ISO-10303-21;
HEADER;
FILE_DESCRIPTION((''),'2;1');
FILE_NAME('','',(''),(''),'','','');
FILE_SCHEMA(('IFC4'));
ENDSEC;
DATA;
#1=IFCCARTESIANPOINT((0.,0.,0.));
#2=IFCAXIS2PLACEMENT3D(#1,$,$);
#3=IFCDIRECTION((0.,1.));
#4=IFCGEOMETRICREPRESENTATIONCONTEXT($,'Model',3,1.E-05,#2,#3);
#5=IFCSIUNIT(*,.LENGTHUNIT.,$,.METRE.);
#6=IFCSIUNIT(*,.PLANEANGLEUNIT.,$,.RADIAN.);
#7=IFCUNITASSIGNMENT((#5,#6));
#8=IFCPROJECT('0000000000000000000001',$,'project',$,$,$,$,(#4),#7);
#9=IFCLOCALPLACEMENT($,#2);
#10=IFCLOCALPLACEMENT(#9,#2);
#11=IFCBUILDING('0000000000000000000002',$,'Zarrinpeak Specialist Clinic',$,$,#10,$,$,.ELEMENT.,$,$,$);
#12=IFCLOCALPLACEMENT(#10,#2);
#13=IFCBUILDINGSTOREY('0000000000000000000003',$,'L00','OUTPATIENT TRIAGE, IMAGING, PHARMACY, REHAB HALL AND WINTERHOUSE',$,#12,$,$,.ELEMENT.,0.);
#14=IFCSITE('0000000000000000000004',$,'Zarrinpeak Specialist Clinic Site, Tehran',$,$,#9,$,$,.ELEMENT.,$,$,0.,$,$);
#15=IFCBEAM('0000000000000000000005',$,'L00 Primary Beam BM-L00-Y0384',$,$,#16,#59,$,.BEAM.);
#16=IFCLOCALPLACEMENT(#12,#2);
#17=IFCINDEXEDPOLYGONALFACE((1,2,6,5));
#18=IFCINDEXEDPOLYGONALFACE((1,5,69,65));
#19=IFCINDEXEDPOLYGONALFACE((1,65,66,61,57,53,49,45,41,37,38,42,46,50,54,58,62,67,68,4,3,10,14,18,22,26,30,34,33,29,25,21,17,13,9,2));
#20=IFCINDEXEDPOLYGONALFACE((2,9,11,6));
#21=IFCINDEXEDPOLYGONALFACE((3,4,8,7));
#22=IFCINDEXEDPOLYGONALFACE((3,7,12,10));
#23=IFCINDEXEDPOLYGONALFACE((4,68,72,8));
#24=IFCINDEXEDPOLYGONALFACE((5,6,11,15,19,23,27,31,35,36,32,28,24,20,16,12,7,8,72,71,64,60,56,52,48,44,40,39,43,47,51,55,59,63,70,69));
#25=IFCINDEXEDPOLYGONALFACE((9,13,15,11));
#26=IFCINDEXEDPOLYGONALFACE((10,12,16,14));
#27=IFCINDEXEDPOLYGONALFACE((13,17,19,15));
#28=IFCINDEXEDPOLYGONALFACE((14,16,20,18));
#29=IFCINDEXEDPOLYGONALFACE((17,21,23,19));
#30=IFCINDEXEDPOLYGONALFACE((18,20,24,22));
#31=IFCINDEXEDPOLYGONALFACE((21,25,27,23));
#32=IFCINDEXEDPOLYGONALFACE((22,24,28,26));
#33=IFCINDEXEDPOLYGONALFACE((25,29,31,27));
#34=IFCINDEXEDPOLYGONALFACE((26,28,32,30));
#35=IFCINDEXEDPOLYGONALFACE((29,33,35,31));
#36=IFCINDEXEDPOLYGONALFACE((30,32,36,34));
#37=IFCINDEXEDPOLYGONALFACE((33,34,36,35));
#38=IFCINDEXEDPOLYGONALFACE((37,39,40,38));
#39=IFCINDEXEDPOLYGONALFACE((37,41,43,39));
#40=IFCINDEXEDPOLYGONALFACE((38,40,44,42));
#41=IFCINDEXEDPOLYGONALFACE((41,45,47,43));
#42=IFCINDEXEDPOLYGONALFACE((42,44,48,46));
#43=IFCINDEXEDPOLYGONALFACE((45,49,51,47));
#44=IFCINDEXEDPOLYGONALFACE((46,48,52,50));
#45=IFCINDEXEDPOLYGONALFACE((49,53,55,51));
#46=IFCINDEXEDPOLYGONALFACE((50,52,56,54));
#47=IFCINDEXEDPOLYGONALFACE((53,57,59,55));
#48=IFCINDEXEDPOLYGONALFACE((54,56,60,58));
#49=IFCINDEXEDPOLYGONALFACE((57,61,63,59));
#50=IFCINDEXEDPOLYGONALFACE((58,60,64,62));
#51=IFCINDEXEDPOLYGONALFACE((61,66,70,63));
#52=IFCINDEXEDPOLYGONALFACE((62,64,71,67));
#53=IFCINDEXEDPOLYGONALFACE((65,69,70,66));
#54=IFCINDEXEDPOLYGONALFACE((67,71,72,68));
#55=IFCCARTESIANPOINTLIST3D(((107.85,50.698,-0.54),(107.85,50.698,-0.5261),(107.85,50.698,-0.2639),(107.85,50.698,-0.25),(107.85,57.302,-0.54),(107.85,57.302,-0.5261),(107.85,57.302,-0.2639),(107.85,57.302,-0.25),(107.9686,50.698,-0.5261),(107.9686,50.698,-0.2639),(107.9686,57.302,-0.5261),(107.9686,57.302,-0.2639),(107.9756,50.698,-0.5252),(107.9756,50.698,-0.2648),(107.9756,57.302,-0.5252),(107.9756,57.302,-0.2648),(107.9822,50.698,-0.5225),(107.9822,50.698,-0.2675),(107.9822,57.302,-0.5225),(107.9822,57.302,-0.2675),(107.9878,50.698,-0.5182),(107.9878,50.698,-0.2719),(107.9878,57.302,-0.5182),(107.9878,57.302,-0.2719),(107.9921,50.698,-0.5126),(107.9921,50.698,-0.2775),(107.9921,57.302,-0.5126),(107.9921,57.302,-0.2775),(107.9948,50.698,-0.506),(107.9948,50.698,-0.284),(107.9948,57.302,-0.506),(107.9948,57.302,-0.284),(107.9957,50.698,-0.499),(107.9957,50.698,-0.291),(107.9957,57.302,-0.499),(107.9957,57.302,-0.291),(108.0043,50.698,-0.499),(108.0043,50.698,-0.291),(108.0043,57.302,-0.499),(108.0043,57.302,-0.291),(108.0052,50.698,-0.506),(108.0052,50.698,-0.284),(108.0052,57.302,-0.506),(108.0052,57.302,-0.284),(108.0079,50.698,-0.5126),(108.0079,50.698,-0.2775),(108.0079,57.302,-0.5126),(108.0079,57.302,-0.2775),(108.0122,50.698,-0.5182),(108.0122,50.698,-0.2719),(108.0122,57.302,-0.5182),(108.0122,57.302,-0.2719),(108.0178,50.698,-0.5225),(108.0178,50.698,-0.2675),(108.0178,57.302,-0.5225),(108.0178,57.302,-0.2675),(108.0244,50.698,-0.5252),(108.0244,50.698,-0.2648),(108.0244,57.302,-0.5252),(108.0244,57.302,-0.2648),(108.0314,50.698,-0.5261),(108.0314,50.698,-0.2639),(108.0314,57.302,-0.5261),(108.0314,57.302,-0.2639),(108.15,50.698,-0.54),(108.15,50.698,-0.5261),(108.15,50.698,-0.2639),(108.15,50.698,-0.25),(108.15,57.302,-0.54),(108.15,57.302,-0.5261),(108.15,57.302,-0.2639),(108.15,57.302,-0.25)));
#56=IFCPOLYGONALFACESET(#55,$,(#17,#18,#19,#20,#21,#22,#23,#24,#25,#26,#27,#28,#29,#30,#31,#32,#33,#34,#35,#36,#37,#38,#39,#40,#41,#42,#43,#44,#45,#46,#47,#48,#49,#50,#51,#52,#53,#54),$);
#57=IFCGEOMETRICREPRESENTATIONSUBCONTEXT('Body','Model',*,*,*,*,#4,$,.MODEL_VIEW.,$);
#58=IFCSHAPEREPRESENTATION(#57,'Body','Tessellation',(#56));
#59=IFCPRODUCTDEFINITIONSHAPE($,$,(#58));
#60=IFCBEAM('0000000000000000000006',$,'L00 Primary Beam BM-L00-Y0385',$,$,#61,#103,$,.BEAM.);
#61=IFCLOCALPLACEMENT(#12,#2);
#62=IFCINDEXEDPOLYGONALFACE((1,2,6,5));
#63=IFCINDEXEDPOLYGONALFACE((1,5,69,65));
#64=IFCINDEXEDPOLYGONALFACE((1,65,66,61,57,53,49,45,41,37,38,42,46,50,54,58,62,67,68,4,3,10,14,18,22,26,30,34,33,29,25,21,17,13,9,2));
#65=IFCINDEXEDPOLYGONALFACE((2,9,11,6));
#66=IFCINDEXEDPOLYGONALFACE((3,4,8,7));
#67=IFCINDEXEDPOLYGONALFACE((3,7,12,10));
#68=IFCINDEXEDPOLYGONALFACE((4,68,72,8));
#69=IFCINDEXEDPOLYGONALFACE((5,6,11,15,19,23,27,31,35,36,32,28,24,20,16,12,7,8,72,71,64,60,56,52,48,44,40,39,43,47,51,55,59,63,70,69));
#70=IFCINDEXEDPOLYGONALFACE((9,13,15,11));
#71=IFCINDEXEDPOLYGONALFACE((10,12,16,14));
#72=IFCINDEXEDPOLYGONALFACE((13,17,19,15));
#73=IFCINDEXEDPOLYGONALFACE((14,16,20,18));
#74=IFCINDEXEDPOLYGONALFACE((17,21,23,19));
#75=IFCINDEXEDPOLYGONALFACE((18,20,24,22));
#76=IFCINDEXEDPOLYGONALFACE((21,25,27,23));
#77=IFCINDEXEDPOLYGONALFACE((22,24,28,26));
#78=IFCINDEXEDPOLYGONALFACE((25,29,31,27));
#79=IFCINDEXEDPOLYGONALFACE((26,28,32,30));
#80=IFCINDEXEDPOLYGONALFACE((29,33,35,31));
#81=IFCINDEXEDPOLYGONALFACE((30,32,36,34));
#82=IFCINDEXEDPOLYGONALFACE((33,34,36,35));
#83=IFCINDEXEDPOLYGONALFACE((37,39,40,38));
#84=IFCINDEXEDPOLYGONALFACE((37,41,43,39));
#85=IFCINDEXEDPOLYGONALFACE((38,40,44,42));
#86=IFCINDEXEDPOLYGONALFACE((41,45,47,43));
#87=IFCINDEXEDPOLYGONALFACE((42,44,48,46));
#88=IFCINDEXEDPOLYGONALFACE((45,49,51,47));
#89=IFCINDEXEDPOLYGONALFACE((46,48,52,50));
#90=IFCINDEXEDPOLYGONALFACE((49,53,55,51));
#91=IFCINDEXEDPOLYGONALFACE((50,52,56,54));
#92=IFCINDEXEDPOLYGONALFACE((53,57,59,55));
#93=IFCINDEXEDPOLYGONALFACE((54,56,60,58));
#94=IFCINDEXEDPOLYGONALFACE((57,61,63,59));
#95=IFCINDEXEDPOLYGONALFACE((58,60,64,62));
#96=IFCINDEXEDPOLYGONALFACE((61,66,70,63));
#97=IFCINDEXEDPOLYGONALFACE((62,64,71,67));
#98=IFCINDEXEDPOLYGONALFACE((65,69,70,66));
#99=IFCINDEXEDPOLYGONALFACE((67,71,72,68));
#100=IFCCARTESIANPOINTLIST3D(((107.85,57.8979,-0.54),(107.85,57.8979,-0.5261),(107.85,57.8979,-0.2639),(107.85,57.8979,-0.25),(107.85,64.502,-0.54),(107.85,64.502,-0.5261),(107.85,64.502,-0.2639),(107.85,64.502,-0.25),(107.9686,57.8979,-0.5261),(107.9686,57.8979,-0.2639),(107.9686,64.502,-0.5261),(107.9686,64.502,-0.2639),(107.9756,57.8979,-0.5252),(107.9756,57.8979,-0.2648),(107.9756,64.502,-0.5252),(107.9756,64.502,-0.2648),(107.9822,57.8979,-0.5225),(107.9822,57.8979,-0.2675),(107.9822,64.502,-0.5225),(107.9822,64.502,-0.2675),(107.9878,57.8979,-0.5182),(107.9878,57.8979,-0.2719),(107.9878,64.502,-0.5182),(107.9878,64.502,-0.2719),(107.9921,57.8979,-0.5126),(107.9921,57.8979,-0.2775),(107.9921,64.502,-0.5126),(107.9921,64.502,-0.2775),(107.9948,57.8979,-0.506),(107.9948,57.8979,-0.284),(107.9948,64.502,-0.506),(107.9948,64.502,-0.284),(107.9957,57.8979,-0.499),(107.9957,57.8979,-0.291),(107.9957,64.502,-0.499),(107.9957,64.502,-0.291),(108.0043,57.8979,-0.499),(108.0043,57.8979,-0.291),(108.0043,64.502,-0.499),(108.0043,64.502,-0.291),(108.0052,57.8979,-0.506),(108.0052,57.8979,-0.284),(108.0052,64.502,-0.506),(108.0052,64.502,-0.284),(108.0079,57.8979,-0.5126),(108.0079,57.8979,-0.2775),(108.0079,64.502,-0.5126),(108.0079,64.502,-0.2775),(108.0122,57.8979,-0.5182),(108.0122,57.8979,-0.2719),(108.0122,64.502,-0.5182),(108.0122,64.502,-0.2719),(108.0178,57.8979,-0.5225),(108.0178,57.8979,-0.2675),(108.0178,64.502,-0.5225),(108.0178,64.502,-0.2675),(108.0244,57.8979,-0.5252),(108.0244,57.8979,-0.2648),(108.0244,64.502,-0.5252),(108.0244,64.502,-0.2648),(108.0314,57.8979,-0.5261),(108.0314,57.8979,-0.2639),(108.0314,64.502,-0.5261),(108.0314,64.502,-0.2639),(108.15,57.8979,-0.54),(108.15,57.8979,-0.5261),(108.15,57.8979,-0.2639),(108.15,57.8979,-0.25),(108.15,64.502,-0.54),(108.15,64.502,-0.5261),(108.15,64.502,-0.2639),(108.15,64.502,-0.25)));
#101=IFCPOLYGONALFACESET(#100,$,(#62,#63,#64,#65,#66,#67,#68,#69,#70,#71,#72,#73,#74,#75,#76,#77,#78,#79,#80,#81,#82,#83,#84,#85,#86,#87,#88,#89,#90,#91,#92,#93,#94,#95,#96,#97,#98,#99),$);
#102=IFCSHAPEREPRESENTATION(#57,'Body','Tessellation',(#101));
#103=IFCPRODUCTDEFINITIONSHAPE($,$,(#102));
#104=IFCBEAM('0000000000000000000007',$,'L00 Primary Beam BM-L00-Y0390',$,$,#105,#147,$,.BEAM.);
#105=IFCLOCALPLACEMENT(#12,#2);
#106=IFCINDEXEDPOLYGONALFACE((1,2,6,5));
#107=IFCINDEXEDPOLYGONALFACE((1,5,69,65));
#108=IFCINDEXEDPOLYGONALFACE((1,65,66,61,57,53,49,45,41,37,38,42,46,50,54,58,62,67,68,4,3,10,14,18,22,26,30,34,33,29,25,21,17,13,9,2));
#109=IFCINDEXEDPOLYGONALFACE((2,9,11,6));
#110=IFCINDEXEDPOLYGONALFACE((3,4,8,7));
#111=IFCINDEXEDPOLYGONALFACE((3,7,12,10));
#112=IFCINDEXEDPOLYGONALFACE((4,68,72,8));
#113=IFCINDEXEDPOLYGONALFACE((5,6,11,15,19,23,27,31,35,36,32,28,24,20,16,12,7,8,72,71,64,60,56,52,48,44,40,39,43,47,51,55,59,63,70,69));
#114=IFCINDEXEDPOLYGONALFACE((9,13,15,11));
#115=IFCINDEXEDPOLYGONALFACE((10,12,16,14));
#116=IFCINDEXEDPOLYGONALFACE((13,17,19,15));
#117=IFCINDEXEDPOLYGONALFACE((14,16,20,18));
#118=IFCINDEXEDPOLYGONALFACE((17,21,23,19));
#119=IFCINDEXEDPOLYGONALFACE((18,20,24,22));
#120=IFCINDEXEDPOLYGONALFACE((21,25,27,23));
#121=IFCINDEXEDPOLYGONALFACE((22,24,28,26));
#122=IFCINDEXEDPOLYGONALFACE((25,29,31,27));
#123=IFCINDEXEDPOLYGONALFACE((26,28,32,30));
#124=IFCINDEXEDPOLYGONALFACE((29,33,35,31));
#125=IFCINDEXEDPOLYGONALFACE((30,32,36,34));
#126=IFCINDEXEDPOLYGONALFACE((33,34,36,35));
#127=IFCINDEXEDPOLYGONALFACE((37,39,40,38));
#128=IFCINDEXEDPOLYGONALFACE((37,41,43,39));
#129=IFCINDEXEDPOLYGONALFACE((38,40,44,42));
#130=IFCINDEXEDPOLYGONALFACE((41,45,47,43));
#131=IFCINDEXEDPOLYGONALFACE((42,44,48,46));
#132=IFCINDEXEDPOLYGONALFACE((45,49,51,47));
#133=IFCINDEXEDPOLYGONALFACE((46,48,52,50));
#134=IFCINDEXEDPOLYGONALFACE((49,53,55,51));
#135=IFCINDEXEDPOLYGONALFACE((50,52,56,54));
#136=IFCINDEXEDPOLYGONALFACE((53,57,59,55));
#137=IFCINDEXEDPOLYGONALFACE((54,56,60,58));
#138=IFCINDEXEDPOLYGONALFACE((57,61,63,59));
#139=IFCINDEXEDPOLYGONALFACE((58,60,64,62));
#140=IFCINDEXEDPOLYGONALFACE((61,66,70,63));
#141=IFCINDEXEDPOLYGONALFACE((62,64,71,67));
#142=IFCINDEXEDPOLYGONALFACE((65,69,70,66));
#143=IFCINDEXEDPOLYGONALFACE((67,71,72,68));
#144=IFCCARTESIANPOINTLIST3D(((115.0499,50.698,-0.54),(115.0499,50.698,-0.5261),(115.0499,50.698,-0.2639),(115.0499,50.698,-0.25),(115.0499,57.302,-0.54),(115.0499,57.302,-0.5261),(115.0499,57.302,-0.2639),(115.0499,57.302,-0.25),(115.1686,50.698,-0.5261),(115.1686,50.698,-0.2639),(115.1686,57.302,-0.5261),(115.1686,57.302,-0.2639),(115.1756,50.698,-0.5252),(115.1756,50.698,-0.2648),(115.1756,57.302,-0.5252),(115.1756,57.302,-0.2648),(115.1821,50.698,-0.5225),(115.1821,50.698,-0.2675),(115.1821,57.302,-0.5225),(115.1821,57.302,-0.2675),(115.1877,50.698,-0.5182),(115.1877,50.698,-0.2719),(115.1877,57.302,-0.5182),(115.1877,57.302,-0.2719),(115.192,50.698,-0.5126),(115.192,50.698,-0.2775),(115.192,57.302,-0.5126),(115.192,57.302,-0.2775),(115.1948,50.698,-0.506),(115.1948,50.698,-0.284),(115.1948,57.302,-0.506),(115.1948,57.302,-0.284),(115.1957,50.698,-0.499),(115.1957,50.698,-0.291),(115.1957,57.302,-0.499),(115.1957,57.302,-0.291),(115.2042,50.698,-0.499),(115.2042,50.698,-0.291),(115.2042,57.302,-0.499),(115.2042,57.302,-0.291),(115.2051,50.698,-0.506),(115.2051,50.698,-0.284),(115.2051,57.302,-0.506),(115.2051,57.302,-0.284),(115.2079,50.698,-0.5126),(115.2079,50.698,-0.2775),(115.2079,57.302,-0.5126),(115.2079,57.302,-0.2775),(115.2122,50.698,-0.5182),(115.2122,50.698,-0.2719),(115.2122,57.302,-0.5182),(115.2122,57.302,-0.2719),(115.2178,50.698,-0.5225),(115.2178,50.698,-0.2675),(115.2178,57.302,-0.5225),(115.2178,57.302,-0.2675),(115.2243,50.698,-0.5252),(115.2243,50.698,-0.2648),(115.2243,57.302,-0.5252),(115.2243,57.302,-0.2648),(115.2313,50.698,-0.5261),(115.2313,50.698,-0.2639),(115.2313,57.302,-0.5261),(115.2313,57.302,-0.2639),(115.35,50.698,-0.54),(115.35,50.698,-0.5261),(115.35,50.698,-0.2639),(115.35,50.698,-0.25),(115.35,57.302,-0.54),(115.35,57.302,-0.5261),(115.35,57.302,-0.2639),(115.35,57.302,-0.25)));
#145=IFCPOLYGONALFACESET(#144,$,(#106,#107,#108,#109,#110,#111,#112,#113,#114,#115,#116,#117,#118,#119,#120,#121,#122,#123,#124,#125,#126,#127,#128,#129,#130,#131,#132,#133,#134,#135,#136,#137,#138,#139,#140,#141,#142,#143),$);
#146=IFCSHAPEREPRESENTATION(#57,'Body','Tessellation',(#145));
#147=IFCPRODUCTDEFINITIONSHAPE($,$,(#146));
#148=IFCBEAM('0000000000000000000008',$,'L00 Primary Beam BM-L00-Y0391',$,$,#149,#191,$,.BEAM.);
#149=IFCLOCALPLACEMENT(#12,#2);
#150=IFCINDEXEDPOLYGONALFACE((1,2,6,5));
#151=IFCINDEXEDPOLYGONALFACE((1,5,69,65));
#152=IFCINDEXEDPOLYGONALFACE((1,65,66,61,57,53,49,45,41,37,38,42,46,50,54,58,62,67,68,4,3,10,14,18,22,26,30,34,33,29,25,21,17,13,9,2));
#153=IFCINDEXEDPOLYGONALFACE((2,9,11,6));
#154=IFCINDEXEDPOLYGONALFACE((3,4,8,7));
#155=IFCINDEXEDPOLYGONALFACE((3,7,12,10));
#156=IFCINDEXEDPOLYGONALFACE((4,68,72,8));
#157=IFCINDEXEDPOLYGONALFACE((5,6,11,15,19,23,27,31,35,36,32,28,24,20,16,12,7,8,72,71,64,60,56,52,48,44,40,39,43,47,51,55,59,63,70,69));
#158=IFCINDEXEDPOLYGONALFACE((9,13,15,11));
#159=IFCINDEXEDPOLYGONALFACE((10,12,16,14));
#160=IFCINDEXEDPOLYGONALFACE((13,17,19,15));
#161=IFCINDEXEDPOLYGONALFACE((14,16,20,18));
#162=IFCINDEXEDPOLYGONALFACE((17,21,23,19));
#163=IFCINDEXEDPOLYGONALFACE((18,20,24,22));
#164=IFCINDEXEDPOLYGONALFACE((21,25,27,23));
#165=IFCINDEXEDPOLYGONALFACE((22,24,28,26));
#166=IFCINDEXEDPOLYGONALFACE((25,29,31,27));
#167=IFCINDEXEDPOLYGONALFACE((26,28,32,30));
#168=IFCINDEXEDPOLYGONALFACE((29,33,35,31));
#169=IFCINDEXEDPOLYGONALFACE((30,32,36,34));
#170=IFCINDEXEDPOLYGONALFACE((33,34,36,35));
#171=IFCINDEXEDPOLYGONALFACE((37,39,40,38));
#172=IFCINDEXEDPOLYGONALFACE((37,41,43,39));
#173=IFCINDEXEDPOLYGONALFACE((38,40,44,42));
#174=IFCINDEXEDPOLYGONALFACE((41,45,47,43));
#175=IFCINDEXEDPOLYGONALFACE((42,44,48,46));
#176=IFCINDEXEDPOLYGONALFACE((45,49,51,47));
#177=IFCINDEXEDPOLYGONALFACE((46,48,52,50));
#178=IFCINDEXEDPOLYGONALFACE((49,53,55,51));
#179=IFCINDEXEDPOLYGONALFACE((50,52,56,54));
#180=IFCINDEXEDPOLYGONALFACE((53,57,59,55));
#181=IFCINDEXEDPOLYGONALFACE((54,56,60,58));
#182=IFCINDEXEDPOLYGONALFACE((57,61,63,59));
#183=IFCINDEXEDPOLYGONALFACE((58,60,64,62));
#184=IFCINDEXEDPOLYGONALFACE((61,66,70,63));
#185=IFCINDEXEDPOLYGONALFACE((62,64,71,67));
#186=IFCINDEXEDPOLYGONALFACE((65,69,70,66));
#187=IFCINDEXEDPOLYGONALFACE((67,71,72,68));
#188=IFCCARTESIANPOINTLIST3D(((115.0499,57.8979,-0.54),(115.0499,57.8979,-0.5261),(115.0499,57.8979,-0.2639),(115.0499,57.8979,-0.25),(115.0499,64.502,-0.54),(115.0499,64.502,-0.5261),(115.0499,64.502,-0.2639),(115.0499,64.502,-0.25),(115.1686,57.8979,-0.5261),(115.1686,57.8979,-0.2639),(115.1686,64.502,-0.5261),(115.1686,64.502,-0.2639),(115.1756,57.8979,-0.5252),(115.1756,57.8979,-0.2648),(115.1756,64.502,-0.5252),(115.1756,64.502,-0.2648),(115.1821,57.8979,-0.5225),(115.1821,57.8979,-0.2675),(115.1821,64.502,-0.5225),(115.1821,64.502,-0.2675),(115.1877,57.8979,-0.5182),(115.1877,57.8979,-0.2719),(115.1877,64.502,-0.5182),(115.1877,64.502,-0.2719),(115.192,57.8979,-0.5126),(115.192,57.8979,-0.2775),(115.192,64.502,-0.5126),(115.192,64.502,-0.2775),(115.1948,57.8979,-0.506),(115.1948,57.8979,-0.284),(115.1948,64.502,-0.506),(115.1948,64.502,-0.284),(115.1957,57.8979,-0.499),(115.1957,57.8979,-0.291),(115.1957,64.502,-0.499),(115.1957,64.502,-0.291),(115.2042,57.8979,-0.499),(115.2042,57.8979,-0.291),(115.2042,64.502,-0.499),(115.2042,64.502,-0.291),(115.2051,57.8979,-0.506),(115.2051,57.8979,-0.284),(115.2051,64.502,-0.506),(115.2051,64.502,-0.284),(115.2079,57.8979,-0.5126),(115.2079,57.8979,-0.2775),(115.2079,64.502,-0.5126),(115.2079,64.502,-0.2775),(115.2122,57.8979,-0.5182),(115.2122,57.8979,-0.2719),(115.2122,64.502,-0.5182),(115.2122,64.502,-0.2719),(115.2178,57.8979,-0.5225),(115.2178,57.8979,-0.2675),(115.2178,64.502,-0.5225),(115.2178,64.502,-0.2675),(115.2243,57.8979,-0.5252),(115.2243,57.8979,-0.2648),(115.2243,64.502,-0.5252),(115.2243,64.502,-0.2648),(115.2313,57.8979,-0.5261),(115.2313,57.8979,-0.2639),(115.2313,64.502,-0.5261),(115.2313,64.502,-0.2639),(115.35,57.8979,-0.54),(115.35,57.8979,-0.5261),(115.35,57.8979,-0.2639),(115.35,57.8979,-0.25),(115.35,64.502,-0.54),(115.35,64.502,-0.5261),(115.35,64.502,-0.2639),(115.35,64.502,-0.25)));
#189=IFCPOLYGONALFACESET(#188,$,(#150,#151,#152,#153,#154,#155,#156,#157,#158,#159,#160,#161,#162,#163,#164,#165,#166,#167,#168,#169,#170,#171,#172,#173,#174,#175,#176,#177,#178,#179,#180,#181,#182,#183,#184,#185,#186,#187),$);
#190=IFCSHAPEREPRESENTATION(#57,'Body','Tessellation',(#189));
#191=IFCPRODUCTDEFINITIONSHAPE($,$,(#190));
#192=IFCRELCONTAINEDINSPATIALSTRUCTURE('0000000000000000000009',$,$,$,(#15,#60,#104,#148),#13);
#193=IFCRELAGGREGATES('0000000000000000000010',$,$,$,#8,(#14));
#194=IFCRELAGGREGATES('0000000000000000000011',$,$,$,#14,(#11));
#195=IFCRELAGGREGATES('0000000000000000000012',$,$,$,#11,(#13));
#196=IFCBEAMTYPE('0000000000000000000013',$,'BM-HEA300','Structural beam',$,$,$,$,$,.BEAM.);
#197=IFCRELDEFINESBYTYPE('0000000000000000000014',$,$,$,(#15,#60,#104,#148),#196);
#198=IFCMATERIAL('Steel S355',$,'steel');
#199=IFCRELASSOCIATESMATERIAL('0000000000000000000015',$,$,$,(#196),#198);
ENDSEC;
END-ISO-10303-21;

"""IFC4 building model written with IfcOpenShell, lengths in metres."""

from ifc_helpers import new_model, si_unit, direction, frame, origin, origin_2d, place, context, subcontext, project, spatial, i_section, extrude, material, material_profile, profile_set, type_object, element, save


model = new_model("IFC4")

# Units and contexts
model_context = context("Model", 3, precision=1e-05, world=origin(), true_north=direction((0.0, 1.0)))
body_context = subcontext(model_context, "Body", "Model", "MODEL_VIEW")
ifc_project = project(units=[si_unit("LENGTHUNIT", "METRE"), si_unit("PLANEANGLEUNIT", "RADIAN")], contexts=[model_context])

# Site, building, storey
site_placement = place(None, origin())
site = spatial("IfcSite", under=ifc_project, at=site_placement, Name="Zarrinpeak Specialist Clinic Site, Tehran", CompositionType="ELEMENT", RefElevation=0.0)
building_placement = place(site_placement, origin())
building = spatial("IfcBuilding", under=site, at=building_placement, Name="Zarrinpeak Specialist Clinic", CompositionType="ELEMENT")
storey_placement = place(building_placement, origin())
storey = spatial("IfcBuildingStorey", under=building, at=storey_placement, Name="L00", Description="OUTPATIENT TRIAGE, IMAGING, PHARMACY, REHAB HALL AND WINTERHOUSE", CompositionType="ELEMENT", Elevation=0.0)

# Shared definitions
ifc_material = material(Name="Steel S355", Category="steel")

# Beams
ifc_material_profile_1 = material_profile(ifc_material, i_section(OverallWidth=0.3, OverallDepth=0.29, WebThickness=0.0085, FlangeThickness=0.0139, FilletRadius=0.0271, at=origin_2d()), Name="HEA 300")
ifc_profile_set_1 = profile_set([ifc_material_profile_1], Name="Steel S355")
beam_type_1 = type_object("IfcBeamType", Name="BM-HEA300", Description="Structural beam", PredefinedType="BEAM", material=ifc_profile_set_1)
for number, where, z_axis, x_axis, name in (
    (1, (108.0, 50.698, -0.395), (0.0, 1.0, 0.0), (-1.0, 0.0, 0.0), "L00 Primary Beam BM-L00-Y0384"),
    (2, (108.0, 57.8979, -0.395), (0.0, 1.0, 0.0), (-1.0, 0.0, 0.0), "L00 Primary Beam BM-L00-Y0385"),
    (3, (115.2, 50.698, -0.395), (0.0, 1.0, 0.0), (-1.0, 0.0, 0.0), "L00 Primary Beam BM-L00-Y0390"),
    (4, (115.2, 57.8979, -0.395), (0.0, 1.0, 0.0), (-1.0, 0.0, 0.0), "L00 Primary Beam BM-L00-Y0391"),
):
    element("IfcBeam", number, at=place(storey_placement, frame(where, z_axis=z_axis, x_axis=x_axis)), inside=storey, type_object=beam_type_1, Name=name, PredefinedType="BEAM", context=body_context, shape_type="SweptSolid", body=[
        extrude(i_section(OverallWidth=0.3, OverallDepth=0.29, WebThickness=0.0085, FlangeThickness=0.0139, FilletRadius=0.0271, at=origin_2d()), origin(), (0.0, 0.0, 1.0), 6.604),
    ])

save(model, "model.ifc")
